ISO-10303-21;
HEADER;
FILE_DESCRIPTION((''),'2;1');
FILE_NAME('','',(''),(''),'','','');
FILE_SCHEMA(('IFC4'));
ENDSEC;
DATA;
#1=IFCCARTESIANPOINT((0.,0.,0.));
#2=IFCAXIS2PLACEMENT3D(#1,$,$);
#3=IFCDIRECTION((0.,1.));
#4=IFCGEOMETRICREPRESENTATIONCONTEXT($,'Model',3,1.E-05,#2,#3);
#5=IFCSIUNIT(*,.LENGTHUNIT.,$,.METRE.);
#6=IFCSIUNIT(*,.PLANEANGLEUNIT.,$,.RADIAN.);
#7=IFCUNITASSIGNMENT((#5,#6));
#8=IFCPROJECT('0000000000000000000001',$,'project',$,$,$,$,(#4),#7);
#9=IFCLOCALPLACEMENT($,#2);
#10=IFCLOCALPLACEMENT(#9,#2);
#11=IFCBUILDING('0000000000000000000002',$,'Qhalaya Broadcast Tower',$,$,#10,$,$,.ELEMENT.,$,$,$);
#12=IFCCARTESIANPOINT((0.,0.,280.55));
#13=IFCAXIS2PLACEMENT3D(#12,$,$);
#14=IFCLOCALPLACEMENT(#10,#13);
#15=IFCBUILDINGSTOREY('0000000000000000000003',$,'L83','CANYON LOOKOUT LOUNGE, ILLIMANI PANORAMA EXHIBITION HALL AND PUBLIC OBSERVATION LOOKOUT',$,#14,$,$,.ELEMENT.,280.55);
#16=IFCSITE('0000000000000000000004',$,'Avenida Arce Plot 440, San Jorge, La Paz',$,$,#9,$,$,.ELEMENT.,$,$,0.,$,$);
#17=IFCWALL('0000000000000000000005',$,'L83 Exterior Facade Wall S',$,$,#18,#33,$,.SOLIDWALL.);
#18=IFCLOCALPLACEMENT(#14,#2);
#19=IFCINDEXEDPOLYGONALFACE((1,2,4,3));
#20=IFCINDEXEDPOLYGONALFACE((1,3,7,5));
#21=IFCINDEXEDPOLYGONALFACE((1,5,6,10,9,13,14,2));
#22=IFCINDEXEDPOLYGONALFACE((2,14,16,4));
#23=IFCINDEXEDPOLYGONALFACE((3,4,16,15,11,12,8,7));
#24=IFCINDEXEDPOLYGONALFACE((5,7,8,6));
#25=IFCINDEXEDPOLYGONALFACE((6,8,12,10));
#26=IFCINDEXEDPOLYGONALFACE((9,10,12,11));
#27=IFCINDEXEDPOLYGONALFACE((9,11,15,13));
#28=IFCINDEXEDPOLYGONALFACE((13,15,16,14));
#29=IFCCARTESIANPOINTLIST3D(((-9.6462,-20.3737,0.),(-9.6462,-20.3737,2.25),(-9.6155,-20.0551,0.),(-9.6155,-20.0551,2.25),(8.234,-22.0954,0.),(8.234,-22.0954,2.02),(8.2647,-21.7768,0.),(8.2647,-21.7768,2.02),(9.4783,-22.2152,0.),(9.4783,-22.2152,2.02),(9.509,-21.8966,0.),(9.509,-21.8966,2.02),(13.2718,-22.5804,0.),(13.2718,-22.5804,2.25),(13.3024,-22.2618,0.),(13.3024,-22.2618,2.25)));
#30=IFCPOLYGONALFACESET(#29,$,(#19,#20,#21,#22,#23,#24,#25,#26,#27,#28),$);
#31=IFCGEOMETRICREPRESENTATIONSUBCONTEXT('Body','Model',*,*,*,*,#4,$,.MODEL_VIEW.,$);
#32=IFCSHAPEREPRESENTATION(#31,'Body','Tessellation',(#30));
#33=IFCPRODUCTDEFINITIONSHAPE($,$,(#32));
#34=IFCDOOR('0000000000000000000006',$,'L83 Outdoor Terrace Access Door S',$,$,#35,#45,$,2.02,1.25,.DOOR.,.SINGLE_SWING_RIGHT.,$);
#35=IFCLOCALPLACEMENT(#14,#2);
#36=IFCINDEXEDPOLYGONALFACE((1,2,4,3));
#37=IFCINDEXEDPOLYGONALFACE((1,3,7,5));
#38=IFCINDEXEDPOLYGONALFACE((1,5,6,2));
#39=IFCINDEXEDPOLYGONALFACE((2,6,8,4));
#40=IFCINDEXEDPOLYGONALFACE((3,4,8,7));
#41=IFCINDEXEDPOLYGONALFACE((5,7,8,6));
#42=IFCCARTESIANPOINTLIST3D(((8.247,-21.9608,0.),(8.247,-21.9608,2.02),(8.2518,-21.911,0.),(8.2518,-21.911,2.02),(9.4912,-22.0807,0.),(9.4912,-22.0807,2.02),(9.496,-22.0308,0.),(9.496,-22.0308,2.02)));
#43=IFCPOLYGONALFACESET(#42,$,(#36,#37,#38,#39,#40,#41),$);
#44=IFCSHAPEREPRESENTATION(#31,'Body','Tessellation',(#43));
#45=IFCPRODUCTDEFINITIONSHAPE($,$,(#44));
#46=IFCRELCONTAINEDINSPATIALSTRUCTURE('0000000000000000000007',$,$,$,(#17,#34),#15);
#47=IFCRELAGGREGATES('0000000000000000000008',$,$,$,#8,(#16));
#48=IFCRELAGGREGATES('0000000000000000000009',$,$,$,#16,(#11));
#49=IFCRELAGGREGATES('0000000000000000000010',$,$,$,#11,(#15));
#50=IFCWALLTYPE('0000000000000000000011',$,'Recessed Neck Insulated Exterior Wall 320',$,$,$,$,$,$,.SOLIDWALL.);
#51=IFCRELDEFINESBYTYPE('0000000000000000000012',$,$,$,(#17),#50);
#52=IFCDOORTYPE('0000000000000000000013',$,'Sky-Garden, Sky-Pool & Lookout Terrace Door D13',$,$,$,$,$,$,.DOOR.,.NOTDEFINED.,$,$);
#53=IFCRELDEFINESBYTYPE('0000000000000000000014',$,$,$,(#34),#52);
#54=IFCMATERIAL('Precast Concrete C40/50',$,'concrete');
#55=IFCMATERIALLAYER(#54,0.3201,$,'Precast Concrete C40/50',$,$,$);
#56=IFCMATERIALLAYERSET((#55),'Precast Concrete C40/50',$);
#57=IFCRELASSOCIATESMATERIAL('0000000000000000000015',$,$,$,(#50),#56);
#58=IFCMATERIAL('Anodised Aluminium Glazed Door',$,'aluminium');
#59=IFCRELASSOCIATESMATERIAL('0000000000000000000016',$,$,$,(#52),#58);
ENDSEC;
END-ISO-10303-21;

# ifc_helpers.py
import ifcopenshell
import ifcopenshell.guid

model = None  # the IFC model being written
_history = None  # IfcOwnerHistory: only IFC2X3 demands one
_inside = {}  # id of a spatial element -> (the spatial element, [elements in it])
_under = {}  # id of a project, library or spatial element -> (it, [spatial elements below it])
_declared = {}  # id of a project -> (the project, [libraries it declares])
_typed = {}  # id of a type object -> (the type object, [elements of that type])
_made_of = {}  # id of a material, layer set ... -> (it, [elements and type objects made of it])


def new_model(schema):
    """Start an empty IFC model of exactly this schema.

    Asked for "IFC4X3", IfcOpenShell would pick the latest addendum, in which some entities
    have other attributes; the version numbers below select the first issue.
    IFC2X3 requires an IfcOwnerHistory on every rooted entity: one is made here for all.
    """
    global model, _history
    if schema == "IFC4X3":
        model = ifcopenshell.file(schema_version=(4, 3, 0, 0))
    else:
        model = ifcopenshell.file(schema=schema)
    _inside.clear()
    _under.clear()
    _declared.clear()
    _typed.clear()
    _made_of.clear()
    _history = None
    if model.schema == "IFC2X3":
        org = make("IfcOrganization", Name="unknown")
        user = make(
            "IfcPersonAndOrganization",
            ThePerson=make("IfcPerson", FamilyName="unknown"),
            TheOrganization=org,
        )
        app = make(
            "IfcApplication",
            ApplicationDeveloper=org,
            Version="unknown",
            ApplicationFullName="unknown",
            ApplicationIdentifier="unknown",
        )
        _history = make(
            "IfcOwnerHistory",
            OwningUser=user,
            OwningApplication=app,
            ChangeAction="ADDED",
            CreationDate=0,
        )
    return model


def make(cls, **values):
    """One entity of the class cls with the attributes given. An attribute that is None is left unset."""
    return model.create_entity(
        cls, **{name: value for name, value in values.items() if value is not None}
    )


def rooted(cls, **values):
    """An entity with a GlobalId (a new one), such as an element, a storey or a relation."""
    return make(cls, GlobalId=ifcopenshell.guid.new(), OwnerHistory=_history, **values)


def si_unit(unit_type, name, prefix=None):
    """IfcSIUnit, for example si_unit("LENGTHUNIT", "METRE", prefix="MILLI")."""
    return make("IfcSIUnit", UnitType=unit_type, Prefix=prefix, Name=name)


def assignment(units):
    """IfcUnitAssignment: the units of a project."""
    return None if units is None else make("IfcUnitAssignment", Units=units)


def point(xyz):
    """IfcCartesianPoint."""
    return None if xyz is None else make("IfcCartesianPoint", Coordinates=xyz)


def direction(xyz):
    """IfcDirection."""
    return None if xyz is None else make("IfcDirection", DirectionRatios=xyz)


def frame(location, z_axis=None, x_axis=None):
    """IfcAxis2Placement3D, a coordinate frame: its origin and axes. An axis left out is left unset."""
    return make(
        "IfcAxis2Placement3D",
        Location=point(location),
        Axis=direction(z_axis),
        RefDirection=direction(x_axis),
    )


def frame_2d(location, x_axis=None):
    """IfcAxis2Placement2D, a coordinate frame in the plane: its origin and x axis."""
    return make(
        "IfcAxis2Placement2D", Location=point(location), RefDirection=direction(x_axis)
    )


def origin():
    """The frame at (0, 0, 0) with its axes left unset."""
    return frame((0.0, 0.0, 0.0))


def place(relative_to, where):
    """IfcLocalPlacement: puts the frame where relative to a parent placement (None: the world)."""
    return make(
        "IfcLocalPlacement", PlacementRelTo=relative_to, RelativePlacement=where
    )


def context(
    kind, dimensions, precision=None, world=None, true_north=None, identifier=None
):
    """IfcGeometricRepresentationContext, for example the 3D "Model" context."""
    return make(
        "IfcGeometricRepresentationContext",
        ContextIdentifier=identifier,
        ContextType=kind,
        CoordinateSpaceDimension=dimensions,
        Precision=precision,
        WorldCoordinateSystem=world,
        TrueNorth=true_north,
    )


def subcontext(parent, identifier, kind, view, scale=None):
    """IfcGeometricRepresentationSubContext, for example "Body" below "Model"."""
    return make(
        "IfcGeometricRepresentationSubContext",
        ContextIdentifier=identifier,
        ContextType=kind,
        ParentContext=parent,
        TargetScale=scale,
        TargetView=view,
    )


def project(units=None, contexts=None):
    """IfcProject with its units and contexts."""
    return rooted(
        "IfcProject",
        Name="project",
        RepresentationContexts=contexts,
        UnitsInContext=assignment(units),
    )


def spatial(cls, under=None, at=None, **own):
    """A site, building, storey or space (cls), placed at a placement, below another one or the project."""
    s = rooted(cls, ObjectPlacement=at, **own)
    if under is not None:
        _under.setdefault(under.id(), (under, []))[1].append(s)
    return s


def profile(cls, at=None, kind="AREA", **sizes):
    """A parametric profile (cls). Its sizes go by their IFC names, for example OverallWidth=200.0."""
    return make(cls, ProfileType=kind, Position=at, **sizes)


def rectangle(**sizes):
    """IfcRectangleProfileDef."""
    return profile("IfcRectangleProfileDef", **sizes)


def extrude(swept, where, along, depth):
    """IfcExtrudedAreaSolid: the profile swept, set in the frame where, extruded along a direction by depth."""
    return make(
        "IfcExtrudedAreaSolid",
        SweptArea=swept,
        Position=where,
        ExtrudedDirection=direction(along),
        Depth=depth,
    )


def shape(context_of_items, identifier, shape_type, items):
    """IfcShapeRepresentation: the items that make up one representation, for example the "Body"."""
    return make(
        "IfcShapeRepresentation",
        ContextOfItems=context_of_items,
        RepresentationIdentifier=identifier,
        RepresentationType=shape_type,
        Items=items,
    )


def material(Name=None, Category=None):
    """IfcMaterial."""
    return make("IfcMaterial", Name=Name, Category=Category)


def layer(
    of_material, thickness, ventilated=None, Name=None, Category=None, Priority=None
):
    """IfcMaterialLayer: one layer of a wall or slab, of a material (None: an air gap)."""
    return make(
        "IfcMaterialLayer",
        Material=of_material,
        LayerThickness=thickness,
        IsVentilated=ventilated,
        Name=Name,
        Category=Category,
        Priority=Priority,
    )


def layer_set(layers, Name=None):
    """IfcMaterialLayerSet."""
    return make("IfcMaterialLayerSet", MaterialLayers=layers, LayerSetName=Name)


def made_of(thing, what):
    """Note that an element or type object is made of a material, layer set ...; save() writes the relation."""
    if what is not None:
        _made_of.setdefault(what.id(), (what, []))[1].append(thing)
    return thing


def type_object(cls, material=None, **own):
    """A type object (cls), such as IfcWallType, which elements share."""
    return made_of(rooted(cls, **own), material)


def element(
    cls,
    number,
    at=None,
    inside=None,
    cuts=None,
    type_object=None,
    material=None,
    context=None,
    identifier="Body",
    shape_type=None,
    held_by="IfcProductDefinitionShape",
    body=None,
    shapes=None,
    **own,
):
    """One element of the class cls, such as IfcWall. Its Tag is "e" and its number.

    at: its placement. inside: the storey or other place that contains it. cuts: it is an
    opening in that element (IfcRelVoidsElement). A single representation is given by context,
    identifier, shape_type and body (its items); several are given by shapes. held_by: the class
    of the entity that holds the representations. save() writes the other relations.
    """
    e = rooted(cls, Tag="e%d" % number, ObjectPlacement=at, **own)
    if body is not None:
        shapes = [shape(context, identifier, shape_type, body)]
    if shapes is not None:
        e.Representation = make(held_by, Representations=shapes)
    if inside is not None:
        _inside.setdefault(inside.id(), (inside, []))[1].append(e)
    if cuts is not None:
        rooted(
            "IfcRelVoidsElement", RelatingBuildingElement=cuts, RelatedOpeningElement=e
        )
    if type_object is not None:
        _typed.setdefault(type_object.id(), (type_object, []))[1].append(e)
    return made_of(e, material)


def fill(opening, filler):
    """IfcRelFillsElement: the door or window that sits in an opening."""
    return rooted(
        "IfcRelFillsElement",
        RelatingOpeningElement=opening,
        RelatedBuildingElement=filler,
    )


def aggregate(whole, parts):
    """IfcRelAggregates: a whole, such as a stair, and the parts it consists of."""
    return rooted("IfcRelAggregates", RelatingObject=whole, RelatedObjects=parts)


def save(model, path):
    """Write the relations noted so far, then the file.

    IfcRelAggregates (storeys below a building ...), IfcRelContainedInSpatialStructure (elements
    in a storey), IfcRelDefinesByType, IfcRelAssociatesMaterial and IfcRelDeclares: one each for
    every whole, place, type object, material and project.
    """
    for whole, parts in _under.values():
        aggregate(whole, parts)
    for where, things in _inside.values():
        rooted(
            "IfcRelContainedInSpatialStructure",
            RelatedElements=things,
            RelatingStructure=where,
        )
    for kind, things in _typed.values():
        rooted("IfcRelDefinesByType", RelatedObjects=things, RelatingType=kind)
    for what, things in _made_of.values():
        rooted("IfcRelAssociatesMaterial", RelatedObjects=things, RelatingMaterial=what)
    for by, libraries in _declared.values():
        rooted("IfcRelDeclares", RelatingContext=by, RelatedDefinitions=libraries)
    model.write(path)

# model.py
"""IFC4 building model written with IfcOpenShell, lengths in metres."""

from ifc_helpers import new_model, si_unit, direction, frame, frame_2d, origin, place, context, subcontext, project, spatial, rectangle, extrude, material, layer, layer_set, type_object, element, fill, save


model = new_model("IFC4")

# Units and contexts
model_context = context("Model", 3, precision=1e-05, world=origin(), true_north=direction((0.0, 1.0)))
body_context = subcontext(model_context, "Body", "Model", "MODEL_VIEW")
ifc_project = project(units=[si_unit("LENGTHUNIT", "METRE"), si_unit("PLANEANGLEUNIT", "RADIAN")], contexts=[model_context])

# Site, building, storey
site_placement = place(None, origin())
site = spatial("IfcSite", under=ifc_project, at=site_placement, Name="Avenida Arce Plot 440, San Jorge, La Paz", CompositionType="ELEMENT", RefElevation=0.0)
building_placement = place(site_placement, origin())
building = spatial("IfcBuilding", under=site, at=building_placement, Name="Qhalaya Broadcast Tower", CompositionType="ELEMENT")
storey_placement = place(building_placement, frame((0.0, 0.0, 280.55)))
storey = spatial("IfcBuildingStorey", under=building, at=storey_placement, Name="L83", Description="CANYON LOOKOUT LOUNGE, ILLIMANI PANORAMA EXHIBITION HALL AND PUBLIC OBSERVATION LOOKOUT", CompositionType="ELEMENT", Elevation=280.55)

# Wall, opening, door
ifc_material_1 = material(Name="Precast Concrete C40/50", Category="concrete")
ifc_layer_1 = layer(ifc_material_1, 0.3201, Name="Precast Concrete C40/50")
ifc_layer_set_1 = layer_set([ifc_layer_1], Name="Precast Concrete C40/50")
wall_type_1 = type_object("IfcWallType", Name="Recessed Neck Insulated Exterior Wall 320", PredefinedType="SOLIDWALL", material=ifc_layer_set_1)
wall_1_placement = place(storey_placement, frame((13.2871, -22.4211, 0.0), z_axis=(0.0, 0.0, 1.0), x_axis=(-0.995396, 0.095847, 0.0)))
wall_1 = element("IfcWall", 1, at=wall_1_placement, inside=storey, type_object=wall_type_1, Name="L83 Exterior Facade Wall S", PredefinedType="SOLIDWALL", context=body_context, shape_type="SweptSolid", body=[
    extrude(rectangle(XDim=23.0239, YDim=0.3201, at=frame_2d((11.512, 0.0))), origin(), (0.0, 0.0, 1.0), 2.25),
])
opening_1_placement = place(wall_1_placement, frame((3.811, 0.0, 0.0)))
opening_1 = element("IfcOpeningElement", 2, at=opening_1_placement, cuts=wall_1, PredefinedType="OPENING", context=body_context, shape_type="SweptSolid", body=[
    extrude(rectangle(XDim=1.25, YDim=2.02, at=frame_2d((0.625, 1.01))), frame((0.0, 0.1721, 0.0), z_axis=(0.0, -1.0, 0.0), x_axis=(1.0, 0.0, 0.0)), (0.0, 0.0, 1.0), 0.344),
])
ifc_material_2 = material(Name="Anodised Aluminium Glazed Door", Category="aluminium")
door_type_1 = type_object("IfcDoorType", Name="Sky-Garden, Sky-Pool & Lookout Terrace Door D13", OperationType="NOTDEFINED", PredefinedType="DOOR", material=ifc_material_2)
door_1_placement = place(opening_1_placement, origin())
door_1 = element("IfcDoor", 3, at=door_1_placement, inside=storey, type_object=door_type_1, Name="L83 Outdoor Terrace Access Door S", OperationType="SINGLE_SWING_RIGHT", OverallHeight=2.02, OverallWidth=1.25, PredefinedType="DOOR", context=body_context, shape_type="SweptSolid", body=[
    extrude(rectangle(XDim=1.25, YDim=2.02, at=frame_2d((0.625, 1.01))), frame((0.0, 0.0249, 0.0), z_axis=(0.0, -1.0, 0.0), x_axis=(1.0, 0.0, 0.0)), (0.0, 0.0, 1.0), 0.05),
])
fill(opening_1, door_1)

save(model, "model.ifc")
